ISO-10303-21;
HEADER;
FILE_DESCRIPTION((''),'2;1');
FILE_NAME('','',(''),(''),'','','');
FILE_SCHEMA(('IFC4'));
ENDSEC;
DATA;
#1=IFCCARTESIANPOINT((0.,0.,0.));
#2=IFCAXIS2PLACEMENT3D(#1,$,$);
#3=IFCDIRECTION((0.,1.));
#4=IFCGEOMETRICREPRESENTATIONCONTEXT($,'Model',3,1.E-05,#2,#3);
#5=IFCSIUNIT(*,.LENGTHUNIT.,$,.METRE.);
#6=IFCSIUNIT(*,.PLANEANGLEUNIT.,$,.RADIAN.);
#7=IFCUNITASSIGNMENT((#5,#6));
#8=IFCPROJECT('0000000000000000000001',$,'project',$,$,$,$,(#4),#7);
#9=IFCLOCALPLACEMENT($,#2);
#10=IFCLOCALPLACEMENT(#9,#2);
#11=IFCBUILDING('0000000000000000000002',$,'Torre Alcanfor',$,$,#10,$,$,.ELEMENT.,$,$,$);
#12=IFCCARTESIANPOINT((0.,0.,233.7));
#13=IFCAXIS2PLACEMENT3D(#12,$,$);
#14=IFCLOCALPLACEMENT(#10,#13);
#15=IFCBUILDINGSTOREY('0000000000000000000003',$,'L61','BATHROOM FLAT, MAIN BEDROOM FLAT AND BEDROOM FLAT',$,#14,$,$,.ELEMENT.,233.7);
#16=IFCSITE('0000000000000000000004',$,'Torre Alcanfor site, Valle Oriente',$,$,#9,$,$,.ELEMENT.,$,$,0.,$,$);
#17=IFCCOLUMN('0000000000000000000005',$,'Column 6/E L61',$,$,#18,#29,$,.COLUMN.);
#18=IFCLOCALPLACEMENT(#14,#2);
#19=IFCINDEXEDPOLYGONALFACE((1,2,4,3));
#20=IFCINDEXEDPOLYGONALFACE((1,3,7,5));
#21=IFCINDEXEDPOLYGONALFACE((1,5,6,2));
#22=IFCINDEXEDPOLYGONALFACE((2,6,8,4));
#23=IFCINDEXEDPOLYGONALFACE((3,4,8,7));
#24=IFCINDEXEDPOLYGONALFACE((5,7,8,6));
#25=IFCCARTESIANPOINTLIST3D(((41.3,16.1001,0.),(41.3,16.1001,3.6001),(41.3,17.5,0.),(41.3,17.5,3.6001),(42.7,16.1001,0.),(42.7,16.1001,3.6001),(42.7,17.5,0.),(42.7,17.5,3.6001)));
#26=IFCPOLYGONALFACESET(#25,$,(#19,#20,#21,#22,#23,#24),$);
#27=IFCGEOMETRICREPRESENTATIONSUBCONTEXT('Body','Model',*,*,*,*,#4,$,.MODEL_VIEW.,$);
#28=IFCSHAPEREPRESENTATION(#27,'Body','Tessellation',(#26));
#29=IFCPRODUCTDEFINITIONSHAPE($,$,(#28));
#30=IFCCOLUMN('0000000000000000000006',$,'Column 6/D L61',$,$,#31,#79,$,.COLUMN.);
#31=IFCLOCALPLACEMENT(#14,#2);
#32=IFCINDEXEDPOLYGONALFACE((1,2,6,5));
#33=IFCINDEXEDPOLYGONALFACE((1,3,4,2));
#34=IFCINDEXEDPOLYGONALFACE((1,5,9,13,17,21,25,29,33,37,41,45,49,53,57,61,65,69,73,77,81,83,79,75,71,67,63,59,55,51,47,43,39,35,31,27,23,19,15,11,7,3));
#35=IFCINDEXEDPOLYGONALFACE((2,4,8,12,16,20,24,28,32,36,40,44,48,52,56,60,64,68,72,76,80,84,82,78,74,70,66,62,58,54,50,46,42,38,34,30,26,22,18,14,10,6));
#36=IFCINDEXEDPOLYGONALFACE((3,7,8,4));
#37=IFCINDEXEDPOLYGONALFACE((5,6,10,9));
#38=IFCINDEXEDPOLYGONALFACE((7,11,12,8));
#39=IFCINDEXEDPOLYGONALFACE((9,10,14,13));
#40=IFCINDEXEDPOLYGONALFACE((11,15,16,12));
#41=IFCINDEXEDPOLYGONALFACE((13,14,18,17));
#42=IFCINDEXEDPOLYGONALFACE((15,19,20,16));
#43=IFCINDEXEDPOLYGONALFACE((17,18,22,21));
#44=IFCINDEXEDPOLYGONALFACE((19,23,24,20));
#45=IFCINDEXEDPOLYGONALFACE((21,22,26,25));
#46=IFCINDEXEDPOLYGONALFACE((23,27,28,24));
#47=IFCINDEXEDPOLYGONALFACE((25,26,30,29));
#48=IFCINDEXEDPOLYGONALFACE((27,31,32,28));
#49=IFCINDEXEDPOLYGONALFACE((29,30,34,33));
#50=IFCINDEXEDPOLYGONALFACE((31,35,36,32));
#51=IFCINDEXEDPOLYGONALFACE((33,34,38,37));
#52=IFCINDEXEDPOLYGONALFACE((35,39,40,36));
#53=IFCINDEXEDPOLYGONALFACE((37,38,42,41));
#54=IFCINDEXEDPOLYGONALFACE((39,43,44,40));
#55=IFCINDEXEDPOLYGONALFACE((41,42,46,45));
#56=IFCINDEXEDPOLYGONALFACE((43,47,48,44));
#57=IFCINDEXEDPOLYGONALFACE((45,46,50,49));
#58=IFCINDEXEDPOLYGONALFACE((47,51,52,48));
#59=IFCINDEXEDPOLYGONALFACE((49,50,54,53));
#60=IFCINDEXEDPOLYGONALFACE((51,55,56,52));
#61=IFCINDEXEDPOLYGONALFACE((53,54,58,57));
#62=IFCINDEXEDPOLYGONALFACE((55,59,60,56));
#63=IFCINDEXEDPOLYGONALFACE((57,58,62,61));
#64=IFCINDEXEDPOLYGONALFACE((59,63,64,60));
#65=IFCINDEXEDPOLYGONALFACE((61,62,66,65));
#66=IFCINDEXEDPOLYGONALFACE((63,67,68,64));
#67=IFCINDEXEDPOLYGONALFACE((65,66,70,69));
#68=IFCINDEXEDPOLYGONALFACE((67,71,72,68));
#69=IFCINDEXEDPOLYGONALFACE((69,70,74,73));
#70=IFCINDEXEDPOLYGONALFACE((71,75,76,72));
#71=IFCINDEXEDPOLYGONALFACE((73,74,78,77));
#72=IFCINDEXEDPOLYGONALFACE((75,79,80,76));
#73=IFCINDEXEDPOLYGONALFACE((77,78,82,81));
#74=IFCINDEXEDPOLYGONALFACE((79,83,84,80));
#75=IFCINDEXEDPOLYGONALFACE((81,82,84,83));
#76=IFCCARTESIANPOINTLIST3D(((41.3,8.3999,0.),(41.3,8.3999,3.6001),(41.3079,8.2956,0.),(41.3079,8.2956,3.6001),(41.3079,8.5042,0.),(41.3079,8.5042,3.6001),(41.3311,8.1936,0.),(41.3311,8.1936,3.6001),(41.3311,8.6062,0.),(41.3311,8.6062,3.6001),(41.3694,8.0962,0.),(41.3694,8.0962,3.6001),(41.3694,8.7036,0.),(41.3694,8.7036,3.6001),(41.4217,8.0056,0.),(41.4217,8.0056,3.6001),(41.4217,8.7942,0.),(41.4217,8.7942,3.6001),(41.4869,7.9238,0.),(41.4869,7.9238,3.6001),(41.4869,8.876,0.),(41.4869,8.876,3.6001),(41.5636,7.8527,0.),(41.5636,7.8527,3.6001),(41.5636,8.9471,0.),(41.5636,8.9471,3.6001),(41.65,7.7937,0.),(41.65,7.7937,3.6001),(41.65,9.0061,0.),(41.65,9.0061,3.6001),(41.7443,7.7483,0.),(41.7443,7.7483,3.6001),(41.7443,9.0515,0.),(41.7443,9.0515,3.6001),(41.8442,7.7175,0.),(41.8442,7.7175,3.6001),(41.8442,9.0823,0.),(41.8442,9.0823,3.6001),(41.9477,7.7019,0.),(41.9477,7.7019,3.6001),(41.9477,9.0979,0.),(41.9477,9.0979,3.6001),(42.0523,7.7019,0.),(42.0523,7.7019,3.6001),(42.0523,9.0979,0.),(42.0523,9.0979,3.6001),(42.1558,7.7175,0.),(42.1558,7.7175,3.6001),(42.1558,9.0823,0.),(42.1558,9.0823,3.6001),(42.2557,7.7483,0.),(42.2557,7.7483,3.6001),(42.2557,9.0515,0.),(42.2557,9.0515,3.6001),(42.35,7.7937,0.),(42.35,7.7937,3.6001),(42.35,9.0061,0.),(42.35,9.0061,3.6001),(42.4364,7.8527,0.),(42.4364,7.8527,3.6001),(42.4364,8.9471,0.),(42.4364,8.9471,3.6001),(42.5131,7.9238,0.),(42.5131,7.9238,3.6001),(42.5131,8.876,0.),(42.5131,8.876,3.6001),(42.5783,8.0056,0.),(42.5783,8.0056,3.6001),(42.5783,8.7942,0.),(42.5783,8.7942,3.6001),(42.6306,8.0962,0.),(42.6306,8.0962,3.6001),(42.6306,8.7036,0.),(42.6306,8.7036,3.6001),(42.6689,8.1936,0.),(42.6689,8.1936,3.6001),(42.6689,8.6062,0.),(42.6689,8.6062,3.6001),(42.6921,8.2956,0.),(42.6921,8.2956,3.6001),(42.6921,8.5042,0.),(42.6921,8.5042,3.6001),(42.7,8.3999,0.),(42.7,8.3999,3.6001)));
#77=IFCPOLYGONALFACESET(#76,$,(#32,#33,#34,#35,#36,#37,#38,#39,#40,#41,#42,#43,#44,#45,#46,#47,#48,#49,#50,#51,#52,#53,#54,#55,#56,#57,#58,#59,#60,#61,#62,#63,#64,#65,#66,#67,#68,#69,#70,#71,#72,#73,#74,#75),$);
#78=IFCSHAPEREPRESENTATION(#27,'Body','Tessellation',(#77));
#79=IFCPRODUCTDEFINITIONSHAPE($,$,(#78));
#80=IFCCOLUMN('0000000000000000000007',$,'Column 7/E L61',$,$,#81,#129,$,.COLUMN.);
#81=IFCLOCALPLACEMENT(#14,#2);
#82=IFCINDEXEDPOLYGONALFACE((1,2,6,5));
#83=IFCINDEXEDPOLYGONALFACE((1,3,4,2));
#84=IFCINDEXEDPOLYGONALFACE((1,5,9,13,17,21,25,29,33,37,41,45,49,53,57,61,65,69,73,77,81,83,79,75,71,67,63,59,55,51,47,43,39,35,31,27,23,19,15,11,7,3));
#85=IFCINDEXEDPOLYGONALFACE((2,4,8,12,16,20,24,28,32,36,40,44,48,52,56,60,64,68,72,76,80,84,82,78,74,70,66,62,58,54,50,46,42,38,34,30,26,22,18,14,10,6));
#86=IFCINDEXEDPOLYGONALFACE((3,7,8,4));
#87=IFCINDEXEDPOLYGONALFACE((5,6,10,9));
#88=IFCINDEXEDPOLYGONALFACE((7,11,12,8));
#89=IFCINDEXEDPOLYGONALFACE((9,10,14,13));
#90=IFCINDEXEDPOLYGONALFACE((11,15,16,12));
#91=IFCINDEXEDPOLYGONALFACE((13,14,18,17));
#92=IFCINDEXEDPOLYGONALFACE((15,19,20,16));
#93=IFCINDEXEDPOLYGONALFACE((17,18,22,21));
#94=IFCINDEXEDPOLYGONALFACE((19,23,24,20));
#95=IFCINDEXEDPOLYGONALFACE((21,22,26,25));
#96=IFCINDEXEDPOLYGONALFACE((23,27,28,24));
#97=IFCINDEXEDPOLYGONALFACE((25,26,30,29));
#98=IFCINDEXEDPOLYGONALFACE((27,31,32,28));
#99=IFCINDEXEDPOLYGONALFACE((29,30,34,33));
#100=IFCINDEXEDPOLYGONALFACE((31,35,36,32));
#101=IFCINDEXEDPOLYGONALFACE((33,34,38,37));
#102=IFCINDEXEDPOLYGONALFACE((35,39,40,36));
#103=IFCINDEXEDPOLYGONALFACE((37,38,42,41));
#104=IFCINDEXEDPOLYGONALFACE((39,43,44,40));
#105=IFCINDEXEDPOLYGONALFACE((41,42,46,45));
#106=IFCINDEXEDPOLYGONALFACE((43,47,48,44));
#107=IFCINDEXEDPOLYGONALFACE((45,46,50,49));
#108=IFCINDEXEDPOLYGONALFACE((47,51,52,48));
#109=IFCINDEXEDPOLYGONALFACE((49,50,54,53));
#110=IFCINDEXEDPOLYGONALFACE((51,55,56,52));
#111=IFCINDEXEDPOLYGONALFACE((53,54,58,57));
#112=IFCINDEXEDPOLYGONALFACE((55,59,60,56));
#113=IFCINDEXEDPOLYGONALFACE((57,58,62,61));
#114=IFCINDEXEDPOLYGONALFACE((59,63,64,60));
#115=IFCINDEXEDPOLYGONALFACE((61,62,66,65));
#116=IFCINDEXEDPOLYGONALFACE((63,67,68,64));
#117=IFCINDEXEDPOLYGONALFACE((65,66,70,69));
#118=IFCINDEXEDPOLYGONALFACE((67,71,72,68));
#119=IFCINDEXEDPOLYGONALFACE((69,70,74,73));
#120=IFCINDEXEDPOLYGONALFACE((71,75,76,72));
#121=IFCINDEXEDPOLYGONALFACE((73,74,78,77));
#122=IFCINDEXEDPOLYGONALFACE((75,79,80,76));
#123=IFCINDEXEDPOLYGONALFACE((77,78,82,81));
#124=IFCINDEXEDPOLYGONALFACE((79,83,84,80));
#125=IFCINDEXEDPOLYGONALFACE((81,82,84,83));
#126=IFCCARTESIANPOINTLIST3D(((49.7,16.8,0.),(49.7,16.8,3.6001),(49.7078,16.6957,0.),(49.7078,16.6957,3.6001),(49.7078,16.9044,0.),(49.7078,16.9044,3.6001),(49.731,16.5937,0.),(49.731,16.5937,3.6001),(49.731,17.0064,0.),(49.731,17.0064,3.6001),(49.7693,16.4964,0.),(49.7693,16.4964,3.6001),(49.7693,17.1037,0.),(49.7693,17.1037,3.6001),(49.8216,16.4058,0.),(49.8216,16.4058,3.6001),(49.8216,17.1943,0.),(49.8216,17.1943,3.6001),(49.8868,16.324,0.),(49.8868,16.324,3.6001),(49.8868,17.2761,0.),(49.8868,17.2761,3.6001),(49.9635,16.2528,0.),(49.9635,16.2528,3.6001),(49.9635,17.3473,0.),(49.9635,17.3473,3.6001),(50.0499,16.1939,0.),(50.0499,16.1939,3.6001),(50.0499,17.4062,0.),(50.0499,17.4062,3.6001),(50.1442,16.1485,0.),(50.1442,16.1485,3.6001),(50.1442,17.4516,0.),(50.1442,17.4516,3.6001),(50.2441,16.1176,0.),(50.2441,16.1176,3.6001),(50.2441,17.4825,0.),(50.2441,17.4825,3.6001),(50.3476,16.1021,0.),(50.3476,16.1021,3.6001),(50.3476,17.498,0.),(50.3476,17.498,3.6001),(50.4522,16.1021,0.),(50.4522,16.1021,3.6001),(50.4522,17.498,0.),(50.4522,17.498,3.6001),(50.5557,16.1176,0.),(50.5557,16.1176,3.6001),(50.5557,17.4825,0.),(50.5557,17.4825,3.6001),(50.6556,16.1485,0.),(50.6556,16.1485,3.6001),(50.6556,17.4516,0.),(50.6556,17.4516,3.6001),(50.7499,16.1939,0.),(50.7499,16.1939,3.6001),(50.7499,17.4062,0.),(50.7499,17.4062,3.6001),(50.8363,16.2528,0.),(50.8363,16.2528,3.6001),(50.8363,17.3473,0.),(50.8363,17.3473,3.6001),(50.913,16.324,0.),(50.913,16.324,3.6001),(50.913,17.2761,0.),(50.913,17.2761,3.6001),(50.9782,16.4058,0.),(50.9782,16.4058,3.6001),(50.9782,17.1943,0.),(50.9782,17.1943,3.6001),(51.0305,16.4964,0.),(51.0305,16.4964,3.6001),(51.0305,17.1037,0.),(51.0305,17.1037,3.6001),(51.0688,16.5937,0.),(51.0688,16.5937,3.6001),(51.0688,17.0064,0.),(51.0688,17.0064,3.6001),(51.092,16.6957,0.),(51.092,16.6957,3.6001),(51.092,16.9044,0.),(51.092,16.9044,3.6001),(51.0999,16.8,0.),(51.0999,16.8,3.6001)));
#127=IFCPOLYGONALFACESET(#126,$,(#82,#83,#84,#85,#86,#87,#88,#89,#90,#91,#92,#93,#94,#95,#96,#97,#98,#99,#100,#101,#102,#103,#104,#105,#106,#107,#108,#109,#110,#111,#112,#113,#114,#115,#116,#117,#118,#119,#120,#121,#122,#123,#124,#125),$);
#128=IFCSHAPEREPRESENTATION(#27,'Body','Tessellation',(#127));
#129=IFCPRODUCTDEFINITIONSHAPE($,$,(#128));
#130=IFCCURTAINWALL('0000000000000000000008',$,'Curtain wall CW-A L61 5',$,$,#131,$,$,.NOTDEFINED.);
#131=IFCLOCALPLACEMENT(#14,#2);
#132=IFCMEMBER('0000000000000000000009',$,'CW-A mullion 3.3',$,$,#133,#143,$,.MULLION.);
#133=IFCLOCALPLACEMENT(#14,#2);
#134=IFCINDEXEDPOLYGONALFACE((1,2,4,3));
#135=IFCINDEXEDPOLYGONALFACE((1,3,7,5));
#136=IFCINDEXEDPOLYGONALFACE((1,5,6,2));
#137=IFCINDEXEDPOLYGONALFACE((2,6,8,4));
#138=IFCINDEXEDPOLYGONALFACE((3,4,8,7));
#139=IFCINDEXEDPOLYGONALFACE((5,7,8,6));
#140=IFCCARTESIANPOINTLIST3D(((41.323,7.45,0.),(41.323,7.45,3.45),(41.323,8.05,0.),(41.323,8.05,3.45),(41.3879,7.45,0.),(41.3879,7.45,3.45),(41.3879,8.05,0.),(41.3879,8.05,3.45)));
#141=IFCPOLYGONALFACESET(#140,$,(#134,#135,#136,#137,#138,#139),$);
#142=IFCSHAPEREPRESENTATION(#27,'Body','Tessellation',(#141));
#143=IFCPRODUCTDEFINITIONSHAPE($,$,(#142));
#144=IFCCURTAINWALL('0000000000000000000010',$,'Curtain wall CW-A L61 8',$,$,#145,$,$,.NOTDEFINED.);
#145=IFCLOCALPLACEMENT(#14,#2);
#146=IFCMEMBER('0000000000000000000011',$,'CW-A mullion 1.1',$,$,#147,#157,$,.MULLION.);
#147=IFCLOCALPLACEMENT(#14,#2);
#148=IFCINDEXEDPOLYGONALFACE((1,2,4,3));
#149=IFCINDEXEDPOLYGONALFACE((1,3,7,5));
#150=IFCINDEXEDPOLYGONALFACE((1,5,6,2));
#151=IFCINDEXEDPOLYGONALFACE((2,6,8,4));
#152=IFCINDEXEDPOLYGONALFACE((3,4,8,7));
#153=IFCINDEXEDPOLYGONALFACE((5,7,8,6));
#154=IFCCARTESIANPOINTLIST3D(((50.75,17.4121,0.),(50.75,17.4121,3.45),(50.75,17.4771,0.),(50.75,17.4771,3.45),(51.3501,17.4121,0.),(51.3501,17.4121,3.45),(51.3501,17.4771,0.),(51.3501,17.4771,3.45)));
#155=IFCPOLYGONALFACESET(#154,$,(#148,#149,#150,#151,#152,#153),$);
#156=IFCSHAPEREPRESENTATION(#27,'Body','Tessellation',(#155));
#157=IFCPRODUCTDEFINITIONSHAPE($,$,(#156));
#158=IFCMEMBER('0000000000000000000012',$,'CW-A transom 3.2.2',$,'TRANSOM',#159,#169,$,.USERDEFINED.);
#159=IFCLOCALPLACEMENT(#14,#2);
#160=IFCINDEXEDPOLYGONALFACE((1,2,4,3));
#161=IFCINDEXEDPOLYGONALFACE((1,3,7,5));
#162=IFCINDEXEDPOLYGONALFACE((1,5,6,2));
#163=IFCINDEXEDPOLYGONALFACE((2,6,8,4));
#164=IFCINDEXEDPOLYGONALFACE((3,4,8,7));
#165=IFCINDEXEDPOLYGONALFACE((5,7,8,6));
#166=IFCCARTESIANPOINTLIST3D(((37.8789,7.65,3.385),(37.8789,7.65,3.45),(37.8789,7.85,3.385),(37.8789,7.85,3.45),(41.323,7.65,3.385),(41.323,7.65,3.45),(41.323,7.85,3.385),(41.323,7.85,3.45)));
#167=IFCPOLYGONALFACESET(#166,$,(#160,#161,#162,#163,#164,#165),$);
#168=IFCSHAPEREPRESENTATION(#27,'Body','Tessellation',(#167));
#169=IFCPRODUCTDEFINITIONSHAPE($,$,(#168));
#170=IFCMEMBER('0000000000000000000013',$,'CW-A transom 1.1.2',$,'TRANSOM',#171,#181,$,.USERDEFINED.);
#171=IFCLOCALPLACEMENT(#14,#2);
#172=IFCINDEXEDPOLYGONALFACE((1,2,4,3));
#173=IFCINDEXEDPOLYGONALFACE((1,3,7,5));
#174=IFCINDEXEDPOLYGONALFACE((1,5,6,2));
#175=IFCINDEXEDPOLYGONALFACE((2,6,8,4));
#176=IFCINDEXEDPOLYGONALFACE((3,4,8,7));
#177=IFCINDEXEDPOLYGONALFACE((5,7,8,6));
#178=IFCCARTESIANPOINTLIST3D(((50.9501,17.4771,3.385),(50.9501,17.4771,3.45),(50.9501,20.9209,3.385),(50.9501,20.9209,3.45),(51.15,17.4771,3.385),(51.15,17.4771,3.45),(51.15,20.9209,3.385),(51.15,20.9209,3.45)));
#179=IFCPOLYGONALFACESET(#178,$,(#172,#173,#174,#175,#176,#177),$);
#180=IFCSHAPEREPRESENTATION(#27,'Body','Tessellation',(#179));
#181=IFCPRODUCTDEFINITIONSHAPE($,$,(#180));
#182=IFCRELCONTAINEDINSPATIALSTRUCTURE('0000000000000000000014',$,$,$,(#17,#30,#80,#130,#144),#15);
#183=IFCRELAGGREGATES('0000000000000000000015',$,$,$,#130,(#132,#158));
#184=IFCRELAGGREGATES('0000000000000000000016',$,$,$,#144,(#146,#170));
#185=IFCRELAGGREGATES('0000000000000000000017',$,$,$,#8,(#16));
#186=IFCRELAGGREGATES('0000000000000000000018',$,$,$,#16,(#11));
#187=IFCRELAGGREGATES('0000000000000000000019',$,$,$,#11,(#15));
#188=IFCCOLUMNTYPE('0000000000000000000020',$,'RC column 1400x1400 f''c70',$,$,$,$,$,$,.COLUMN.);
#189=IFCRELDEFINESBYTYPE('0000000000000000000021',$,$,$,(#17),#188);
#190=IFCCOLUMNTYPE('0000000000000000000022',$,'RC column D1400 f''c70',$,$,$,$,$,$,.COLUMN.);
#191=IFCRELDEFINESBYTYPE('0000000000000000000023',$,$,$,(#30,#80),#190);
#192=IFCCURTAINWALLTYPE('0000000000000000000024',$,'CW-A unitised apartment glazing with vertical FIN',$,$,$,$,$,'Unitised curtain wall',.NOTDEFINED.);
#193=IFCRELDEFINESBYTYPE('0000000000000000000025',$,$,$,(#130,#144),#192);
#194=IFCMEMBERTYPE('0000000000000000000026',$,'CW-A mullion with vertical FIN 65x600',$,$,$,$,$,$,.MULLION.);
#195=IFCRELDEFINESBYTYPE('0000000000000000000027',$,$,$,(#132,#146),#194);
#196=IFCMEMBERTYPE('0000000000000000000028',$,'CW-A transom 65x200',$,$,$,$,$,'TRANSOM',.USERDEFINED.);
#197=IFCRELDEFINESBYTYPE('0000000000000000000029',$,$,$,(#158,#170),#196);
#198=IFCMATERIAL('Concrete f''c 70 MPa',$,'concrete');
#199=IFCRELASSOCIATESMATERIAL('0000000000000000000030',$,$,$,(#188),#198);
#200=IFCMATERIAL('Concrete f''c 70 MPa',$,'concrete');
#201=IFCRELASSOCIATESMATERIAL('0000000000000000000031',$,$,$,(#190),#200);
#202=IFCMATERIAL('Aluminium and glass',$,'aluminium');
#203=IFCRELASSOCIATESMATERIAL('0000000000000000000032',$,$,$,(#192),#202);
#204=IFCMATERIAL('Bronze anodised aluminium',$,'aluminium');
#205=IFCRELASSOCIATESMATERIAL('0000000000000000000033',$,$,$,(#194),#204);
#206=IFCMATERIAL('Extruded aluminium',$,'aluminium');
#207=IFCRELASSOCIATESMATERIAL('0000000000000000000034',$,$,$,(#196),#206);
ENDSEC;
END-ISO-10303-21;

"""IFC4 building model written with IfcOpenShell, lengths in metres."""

from ifc_helpers import new_model, si_unit, direction, frame, origin, origin_2d, place, context, subcontext, project, spatial, rectangle, circle, extrude, material, material_profile, profile_set, type_object, element, aggregate, save


model = new_model("IFC4")

# Units and contexts
model_context = context("Model", 3, precision=1e-05, world=origin(), true_north=direction((0.0, 1.0)))
body_context = subcontext(model_context, "Body", "Model", "MODEL_VIEW")
ifc_project = project(units=[si_unit("LENGTHUNIT", "METRE"), si_unit("PLANEANGLEUNIT", "RADIAN")], contexts=[model_context])

# Site, building, storey
site_placement = place(None, origin())
site = spatial("IfcSite", under=ifc_project, at=site_placement, Name="Torre Alcanfor site, Valle Oriente", CompositionType="ELEMENT", RefElevation=0.0)
building_placement = place(site_placement, origin())
building = spatial("IfcBuilding", under=site, at=building_placement, Name="Torre Alcanfor", CompositionType="ELEMENT")
storey_placement = place(building_placement, frame((0.0, 0.0, 233.7)))
storey = spatial("IfcBuildingStorey", under=building, at=storey_placement, Name="L61", Description="BATHROOM FLAT, MAIN BEDROOM FLAT AND BEDROOM FLAT", CompositionType="ELEMENT", Elevation=233.7)

# Columns
ifc_material_1 = material(Name="Concrete f'c 70 MPa", Category="concrete")
ifc_material_profile_1 = material_profile(ifc_material_1, rectangle(XDim=1.3999, YDim=1.3999, at=origin_2d()), Name="1400x1400")
ifc_profile_set_1 = profile_set([ifc_material_profile_1], Name="Concrete f'c 70 MPa")
column_type_1 = type_object("IfcColumnType", Name="RC column 1400x1400 f'c70", PredefinedType="COLUMN", material=ifc_profile_set_1)
column_placement = place(storey_placement, frame((42.0, 16.8, 0.0), z_axis=(0.0, 0.0, 1.0), x_axis=(1.0, 0.0, 0.0)))
element("IfcColumn", 1, at=column_placement, inside=storey, type_object=column_type_1, Name="Column 6/E L61", PredefinedType="COLUMN", context=body_context, shape_type="SweptSolid", body=[
    extrude(rectangle(XDim=1.3999, YDim=1.3999, at=origin_2d()), origin(), (0.0, 0.0, 1.0), 3.6001),
])
ifc_material_2 = material(Name="Concrete f'c 70 MPa", Category="concrete")
ifc_material_profile_2 = material_profile(ifc_material_2, circle(Radius=0.7, at=origin_2d()), Name="D1400")
ifc_profile_set_2 = profile_set([ifc_material_profile_2], Name="Concrete f'c 70 MPa")
column_type_2 = type_object("IfcColumnType", Name="RC column D1400 f'c70", PredefinedType="COLUMN", material=ifc_profile_set_2)
for number, where, z_axis, x_axis, name in (
    (2, (42.0, 8.3999, 0.0), (0.0, 0.0, 1.0), (1.0, 0.0, 0.0), "Column 6/D L61"),
    (3, (50.3999, 16.8, 0.0), (0.0, 0.0, 1.0), (1.0, 0.0, 0.0), "Column 7/E L61"),
):
    element("IfcColumn", number, at=place(storey_placement, frame(where, z_axis=z_axis, x_axis=x_axis)), inside=storey, type_object=column_type_2, Name=name, PredefinedType="COLUMN", context=body_context, shape_type="SweptSolid", body=[
        extrude(circle(Radius=0.7, at=origin_2d()), origin(), (0.0, 0.0, 1.0), 3.6001),
    ])

# Curtain walls, members
ifc_material_3 = material(Name="Aluminium and glass", Category="aluminium")
curtain_wall_type = type_object("IfcCurtainWallType", Name="CW-A unitised apartment glazing with vertical FIN", ElementType="Unitised curtain wall", PredefinedType="NOTDEFINED", material=ifc_material_3)
curtain_wall_1_placement = place(storey_placement, origin())
curtain_wall_1 = element("IfcCurtainWall", 4, at=curtain_wall_1_placement, inside=storey, type_object=curtain_wall_type, Name="Curtain wall CW-A L61 5", PredefinedType="NOTDEFINED")
ifc_material_4 = material(Name="Bronze anodised aluminium", Category="aluminium")
ifc_material_profile_3 = material_profile(ifc_material_4, rectangle(XDim=0.6001, YDim=0.0649, at=origin_2d()), Name="CW-A mullion 65x600")
ifc_profile_set_3 = profile_set([ifc_material_profile_3], Name="Bronze anodised aluminium")
member_type_1 = type_object("IfcMemberType", Name="CW-A mullion with vertical FIN 65x600", PredefinedType="MULLION", material=ifc_profile_set_3)
member_1_placement = place(storey_placement, frame((41.3555, 7.75, 0.0), z_axis=(0.0, 0.0, 1.0), x_axis=(0.0, 1.0, 0.0)))
member_1 = element("IfcMember", 5, at=member_1_placement, type_object=member_type_1, Name="CW-A mullion 3.3", PredefinedType="MULLION", context=body_context, shape_type="SweptSolid", body=[
    extrude(rectangle(XDim=0.6001, YDim=0.0649, at=origin_2d()), origin(), (0.0, 0.0, 1.0), 3.45),
])
curtain_wall_2_placement = place(storey_placement, origin())
curtain_wall_2 = element("IfcCurtainWall", 6, at=curtain_wall_2_placement, inside=storey, type_object=curtain_wall_type, Name="Curtain wall CW-A L61 8", PredefinedType="NOTDEFINED")
member_2_placement = place(storey_placement, frame((51.05, 17.4446, 0.0), z_axis=(0.0, 0.0, 1.0), x_axis=(-1.0, 0.0, 0.0)))
member_2 = element("IfcMember", 7, at=member_2_placement, type_object=member_type_1, Name="CW-A mullion 1.1", PredefinedType="MULLION", context=body_context, shape_type="SweptSolid", body=[
    extrude(rectangle(XDim=0.6001, YDim=0.0649, at=origin_2d()), origin(), (0.0, 0.0, 1.0), 3.45),
])

# Members
ifc_material_5 = material(Name="Extruded aluminium", Category="aluminium")
ifc_material_profile_4 = material_profile(ifc_material_5, rectangle(XDim=0.2, YDim=0.0649, at=origin_2d()), Name="CW-A transom 200x65")
ifc_profile_set_4 = profile_set([ifc_material_profile_4], Name="Extruded aluminium")
member_type_2 = type_object("IfcMemberType", Name="CW-A transom 65x200", ElementType="TRANSOM", PredefinedType="USERDEFINED", material=ifc_profile_set_4)
member_3_placement = place(storey_placement, frame((37.8789, 7.75, 3.4175), z_axis=(1.0, 0.0, 0.0), x_axis=(0.0, 1.0, 0.0)))
member_3 = element("IfcMember", 8, at=member_3_placement, type_object=member_type_2, Name="CW-A transom 3.2.2", ObjectType="TRANSOM", PredefinedType="USERDEFINED", context=body_context, shape_type="SweptSolid", body=[
    extrude(rectangle(XDim=0.2, YDim=0.0649, at=origin_2d()), origin(), (0.0, 0.0, 1.0), 3.4441),
])
member_4_placement = place(storey_placement, frame((51.05, 17.4771, 3.4175), z_axis=(0.0, 1.0, 0.0), x_axis=(-1.0, 0.0, 0.0)))
member_4 = element("IfcMember", 9, at=member_4_placement, type_object=member_type_2, Name="CW-A transom 1.1.2", ObjectType="TRANSOM", PredefinedType="USERDEFINED", context=body_context, shape_type="SweptSolid", body=[
    extrude(rectangle(XDim=0.2, YDim=0.0649, at=origin_2d()), origin(), (0.0, 0.0, 1.0), 3.4438),
])

aggregate(curtain_wall_1, [member_1, member_3])
aggregate(curtain_wall_2, [member_2, member_4])

save(model, "model.ifc")
